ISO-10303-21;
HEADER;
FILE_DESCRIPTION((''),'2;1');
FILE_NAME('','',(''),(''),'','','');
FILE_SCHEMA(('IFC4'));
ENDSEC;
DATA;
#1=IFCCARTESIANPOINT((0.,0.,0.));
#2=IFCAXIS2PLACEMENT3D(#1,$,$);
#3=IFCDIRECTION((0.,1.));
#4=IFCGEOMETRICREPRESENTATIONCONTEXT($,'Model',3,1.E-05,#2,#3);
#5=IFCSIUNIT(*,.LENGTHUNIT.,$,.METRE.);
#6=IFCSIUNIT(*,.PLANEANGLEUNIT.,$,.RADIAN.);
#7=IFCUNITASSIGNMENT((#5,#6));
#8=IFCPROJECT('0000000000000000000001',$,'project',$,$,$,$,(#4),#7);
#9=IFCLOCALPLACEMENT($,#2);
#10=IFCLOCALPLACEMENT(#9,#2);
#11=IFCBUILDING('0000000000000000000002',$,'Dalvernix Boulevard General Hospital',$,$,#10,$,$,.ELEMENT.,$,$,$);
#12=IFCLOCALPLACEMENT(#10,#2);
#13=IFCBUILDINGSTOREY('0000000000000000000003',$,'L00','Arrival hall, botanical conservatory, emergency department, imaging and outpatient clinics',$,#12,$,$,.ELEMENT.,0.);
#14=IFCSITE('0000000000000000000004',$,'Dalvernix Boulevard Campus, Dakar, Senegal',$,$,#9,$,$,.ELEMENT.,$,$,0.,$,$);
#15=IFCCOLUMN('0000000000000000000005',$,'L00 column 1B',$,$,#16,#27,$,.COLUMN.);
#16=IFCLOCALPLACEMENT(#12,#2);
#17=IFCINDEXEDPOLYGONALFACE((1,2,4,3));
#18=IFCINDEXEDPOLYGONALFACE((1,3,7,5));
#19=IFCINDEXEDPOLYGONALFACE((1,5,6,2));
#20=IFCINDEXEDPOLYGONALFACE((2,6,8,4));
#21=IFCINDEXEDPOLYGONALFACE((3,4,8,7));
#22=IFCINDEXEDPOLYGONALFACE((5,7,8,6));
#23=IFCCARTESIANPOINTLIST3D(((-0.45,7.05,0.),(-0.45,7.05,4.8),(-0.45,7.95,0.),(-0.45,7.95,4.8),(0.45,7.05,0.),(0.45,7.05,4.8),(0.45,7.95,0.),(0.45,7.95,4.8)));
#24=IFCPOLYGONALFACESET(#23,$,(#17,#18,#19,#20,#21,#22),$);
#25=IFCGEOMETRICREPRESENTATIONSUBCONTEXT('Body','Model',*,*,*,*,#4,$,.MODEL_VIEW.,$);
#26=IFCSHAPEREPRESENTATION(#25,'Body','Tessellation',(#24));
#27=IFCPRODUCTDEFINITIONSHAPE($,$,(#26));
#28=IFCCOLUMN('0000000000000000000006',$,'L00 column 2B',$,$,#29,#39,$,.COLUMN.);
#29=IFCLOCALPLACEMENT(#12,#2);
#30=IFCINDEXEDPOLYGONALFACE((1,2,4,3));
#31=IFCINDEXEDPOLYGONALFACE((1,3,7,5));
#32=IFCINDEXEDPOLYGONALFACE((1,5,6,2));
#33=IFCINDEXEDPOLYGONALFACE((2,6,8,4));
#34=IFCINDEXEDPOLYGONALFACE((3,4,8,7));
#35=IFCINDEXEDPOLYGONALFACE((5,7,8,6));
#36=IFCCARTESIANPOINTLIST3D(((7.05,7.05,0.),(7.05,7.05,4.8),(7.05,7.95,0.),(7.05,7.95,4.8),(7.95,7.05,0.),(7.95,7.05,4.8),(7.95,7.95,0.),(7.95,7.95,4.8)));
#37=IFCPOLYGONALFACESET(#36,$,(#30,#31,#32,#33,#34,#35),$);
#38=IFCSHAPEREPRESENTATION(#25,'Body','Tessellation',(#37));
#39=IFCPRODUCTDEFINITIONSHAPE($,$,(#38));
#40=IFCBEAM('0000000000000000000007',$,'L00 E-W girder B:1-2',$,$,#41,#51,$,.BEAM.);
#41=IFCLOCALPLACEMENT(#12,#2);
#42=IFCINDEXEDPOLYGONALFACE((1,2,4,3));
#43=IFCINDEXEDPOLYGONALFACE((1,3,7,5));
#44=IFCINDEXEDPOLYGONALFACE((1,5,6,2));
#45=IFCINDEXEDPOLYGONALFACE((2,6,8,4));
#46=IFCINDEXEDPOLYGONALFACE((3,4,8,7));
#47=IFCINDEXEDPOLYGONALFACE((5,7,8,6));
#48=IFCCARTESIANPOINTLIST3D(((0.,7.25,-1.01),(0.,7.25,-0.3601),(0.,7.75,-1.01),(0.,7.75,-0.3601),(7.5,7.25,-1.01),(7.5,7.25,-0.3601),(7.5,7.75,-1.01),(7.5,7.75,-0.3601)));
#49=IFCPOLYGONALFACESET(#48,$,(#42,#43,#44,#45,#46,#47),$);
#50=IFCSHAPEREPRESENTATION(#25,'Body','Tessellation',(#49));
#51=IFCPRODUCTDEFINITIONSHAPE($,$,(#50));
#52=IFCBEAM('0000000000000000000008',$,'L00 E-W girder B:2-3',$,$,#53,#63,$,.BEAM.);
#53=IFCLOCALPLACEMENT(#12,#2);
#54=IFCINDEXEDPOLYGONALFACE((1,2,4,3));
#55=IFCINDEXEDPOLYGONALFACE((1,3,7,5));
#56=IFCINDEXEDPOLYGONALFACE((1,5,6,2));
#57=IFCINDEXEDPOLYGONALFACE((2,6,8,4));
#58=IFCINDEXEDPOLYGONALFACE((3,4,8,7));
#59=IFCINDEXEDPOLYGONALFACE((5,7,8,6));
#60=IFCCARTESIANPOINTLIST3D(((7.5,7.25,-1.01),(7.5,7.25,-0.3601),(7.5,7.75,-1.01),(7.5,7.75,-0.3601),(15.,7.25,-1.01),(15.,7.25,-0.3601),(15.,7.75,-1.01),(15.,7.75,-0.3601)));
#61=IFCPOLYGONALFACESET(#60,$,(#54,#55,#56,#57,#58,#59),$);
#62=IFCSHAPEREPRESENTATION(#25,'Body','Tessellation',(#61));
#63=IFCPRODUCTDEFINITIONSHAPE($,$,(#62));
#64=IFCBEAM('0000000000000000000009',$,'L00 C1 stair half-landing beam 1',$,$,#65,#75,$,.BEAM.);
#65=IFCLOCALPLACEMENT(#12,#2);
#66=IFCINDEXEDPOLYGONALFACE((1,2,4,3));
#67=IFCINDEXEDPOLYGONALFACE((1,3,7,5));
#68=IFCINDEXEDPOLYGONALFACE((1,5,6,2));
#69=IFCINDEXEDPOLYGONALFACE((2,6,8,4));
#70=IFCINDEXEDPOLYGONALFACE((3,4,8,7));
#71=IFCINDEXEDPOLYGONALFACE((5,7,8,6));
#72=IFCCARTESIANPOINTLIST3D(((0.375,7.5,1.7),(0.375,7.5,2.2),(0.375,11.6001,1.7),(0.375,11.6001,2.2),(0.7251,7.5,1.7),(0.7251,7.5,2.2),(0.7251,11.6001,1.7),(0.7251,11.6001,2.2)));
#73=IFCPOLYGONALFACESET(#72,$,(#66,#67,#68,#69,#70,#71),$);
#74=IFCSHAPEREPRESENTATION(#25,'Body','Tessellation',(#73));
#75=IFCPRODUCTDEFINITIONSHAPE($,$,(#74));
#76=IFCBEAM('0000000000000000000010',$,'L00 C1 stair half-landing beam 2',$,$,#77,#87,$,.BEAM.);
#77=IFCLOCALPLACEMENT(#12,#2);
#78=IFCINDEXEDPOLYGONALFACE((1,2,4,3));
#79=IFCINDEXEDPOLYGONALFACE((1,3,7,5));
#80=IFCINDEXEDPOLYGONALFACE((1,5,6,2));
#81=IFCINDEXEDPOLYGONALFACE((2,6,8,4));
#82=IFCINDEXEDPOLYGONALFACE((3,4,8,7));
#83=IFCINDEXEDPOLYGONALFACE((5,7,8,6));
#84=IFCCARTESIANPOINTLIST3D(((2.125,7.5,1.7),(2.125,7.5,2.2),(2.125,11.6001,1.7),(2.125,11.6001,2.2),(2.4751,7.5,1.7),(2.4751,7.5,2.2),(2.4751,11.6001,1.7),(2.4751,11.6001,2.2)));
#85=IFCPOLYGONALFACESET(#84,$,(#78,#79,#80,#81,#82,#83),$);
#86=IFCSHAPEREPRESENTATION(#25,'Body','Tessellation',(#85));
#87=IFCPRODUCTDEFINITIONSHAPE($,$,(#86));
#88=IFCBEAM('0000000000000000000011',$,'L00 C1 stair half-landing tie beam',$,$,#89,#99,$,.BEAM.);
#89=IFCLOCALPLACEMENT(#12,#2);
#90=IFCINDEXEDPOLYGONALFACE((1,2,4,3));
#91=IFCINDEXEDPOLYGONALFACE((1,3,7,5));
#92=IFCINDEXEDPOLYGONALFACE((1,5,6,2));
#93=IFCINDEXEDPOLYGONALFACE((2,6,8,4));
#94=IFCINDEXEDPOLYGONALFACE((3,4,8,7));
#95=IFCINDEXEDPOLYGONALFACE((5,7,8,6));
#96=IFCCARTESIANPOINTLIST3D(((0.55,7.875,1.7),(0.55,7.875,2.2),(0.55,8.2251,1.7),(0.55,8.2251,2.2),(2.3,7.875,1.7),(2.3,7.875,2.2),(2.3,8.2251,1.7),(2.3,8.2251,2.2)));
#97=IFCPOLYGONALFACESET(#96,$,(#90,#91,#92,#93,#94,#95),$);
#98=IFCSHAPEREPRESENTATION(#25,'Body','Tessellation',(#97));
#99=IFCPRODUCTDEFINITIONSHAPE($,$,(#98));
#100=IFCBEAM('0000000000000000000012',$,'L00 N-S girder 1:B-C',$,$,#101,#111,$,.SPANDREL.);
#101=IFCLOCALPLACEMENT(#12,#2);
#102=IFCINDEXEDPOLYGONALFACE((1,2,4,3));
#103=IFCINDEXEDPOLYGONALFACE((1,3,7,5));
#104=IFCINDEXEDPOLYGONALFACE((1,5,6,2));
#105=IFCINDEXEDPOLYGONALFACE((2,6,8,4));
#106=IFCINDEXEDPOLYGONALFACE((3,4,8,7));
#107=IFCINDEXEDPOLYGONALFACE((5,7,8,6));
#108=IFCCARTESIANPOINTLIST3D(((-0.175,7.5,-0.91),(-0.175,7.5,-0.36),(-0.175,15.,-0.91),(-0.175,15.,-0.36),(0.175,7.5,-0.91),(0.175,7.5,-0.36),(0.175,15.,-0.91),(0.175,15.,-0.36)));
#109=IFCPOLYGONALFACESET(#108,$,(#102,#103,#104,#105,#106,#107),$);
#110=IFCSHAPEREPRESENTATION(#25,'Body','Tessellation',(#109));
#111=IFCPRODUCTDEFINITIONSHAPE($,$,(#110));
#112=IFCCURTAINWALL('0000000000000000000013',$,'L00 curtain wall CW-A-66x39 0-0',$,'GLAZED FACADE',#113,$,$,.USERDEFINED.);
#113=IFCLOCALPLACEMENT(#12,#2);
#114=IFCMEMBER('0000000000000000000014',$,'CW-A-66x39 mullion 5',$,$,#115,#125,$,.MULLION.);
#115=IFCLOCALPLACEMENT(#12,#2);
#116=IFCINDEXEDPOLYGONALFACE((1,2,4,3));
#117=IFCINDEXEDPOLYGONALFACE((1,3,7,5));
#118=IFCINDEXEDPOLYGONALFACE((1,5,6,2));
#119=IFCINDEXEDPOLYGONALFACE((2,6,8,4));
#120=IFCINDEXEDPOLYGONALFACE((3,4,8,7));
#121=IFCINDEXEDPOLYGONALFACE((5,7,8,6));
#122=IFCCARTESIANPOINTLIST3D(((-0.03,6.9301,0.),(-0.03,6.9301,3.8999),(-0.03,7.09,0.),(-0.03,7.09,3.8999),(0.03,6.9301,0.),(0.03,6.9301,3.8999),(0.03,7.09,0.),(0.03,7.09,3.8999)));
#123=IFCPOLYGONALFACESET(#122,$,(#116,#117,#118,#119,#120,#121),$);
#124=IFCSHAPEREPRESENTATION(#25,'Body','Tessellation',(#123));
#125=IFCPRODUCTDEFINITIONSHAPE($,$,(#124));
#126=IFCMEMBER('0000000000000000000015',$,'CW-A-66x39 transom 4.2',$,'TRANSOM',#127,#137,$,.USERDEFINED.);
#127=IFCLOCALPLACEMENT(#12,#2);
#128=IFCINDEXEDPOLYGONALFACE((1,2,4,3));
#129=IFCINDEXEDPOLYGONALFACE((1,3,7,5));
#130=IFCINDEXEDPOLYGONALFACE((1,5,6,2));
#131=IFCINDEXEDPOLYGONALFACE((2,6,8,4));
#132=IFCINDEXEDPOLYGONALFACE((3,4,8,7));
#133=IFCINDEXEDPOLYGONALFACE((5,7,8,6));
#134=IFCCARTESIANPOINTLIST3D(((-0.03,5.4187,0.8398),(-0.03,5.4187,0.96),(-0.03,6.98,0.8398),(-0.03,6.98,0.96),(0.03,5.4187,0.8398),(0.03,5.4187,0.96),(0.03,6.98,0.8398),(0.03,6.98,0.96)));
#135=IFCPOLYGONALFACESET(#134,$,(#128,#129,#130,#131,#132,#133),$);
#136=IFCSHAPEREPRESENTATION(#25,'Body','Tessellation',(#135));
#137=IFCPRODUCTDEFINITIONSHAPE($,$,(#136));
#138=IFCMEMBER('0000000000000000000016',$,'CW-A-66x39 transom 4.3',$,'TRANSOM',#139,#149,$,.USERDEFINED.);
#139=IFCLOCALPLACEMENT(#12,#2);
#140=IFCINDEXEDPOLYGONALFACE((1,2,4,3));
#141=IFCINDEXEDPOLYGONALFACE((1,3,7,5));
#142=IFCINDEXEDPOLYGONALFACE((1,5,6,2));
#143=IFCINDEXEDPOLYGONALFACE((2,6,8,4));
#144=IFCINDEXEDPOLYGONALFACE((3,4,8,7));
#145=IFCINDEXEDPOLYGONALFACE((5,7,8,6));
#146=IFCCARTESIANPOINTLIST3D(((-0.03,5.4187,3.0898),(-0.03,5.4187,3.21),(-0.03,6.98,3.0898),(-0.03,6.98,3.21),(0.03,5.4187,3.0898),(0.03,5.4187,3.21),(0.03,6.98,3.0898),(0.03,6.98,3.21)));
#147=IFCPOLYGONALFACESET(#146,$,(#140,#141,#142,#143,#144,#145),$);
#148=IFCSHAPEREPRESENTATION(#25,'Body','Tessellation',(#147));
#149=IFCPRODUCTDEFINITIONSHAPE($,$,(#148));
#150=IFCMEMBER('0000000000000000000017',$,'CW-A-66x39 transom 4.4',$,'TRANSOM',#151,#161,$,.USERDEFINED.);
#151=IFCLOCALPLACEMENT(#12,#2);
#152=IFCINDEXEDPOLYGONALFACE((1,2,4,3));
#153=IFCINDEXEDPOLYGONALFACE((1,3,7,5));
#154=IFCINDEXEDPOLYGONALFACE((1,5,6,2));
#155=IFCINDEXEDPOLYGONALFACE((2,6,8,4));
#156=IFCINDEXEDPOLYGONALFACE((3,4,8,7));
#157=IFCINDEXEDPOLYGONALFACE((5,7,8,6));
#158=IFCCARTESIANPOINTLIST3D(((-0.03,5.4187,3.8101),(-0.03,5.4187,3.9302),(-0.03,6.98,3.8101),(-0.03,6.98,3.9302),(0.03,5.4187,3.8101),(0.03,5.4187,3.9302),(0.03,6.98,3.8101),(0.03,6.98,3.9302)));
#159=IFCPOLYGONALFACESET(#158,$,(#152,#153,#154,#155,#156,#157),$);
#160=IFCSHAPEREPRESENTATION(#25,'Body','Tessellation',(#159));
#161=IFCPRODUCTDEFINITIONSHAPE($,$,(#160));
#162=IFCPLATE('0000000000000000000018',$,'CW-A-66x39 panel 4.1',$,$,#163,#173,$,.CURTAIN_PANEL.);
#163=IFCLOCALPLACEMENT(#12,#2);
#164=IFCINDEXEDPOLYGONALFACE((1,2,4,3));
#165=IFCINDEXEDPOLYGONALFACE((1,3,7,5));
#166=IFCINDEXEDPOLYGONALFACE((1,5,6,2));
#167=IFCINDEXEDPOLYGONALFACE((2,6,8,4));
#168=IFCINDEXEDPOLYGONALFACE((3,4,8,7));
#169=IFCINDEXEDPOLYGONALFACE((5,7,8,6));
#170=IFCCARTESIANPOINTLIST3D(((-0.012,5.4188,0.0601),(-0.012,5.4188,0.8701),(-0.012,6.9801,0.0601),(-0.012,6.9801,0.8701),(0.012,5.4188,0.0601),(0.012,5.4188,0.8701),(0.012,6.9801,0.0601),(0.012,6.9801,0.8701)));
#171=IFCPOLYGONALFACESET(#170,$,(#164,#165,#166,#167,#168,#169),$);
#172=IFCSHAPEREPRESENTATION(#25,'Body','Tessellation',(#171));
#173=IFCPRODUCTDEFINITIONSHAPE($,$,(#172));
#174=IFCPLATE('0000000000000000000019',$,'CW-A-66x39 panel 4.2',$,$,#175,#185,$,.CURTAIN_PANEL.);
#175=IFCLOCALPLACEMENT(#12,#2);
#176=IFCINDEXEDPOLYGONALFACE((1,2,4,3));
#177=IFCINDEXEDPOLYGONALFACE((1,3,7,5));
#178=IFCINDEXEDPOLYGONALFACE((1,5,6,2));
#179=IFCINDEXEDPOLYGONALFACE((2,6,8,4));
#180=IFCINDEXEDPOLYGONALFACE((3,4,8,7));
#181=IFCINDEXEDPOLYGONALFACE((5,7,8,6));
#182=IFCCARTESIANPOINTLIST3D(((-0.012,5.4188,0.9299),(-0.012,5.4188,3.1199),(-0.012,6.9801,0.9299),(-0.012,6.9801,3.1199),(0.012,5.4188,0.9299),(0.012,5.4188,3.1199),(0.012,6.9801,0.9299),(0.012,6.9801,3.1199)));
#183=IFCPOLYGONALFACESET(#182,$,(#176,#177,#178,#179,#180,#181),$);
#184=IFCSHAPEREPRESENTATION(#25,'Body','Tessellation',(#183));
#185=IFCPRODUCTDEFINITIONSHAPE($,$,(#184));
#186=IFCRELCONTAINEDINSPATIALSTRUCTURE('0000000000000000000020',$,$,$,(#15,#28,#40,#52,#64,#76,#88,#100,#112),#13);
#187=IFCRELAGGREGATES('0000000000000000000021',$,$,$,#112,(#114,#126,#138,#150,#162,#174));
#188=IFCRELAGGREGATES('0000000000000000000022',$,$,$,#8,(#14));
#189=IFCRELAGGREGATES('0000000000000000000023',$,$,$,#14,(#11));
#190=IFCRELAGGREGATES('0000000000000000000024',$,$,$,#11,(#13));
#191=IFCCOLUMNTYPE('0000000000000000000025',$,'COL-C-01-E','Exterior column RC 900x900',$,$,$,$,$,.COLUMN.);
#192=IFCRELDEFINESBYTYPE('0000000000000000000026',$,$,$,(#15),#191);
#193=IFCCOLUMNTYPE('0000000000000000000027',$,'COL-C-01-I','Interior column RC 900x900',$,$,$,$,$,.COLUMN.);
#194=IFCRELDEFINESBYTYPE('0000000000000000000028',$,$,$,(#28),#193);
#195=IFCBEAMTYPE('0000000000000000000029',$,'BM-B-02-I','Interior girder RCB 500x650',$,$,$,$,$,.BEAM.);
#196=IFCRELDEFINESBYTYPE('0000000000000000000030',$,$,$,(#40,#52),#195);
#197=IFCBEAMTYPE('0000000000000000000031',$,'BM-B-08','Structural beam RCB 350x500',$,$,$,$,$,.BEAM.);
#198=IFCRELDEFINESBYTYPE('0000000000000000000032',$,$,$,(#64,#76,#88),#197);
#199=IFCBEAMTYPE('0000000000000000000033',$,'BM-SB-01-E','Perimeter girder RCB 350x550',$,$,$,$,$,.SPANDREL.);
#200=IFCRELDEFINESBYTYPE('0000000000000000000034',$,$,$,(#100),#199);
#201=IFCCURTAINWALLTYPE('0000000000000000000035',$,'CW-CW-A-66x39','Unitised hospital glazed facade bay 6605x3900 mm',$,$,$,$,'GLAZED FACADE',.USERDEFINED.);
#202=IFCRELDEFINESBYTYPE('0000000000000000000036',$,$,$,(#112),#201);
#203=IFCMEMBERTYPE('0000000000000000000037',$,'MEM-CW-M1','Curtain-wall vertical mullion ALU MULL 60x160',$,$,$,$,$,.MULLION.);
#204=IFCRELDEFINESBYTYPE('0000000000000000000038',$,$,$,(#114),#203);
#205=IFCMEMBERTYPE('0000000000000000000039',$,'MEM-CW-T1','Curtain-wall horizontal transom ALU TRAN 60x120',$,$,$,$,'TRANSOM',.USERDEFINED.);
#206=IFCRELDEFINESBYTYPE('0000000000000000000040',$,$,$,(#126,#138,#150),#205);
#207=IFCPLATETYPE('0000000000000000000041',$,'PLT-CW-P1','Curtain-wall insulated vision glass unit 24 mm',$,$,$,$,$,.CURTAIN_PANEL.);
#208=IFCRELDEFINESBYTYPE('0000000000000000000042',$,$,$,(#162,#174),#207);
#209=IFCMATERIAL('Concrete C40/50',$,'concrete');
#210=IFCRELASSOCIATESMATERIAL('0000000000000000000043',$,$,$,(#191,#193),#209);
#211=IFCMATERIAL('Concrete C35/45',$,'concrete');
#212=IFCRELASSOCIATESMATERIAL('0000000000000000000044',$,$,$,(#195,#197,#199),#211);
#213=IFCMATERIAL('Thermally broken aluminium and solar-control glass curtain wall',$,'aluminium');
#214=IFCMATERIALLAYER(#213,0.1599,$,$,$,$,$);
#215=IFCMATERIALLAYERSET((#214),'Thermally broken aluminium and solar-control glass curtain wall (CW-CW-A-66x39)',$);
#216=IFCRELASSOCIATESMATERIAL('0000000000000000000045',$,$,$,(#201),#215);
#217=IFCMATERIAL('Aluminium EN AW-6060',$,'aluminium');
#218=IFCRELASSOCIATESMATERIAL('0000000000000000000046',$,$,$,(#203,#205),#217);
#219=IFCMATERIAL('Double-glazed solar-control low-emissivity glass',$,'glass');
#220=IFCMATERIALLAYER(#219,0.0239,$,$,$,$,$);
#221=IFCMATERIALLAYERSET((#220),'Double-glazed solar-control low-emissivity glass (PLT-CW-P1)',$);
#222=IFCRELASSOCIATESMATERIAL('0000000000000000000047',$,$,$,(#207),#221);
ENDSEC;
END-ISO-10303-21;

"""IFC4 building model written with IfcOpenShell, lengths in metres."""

from ifc_helpers import new_model, si_unit, direction, frame, origin, origin_2d, place, context, subcontext, project, spatial, rectangle, extrude, material, layer, layer_set, material_profile, profile_set, type_object, element, aggregate, save


model = new_model("IFC4")

# Units and contexts
model_context = context("Model", 3, precision=1e-05, world=origin(), true_north=direction((0.0, 1.0)))
body_context = subcontext(model_context, "Body", "Model", "MODEL_VIEW")
ifc_project = project(units=[si_unit("LENGTHUNIT", "METRE"), si_unit("PLANEANGLEUNIT", "RADIAN")], contexts=[model_context])

# Site, building, storey
site_placement = place(None, origin())
site = spatial("IfcSite", under=ifc_project, at=site_placement, Name="Dalvernix Boulevard Campus, Dakar, Senegal", CompositionType="ELEMENT", RefElevation=0.0)
building_placement = place(site_placement, origin())
building = spatial("IfcBuilding", under=site, at=building_placement, Name="Dalvernix Boulevard General Hospital", CompositionType="ELEMENT")
storey_placement = place(building_placement, origin())
storey = spatial("IfcBuildingStorey", under=building, at=storey_placement, Name="L00", Description="Arrival hall, botanical conservatory, emergency department, imaging and outpatient clinics", CompositionType="ELEMENT", Elevation=0.0)

# Columns
ifc_material_1 = material(Name="Concrete C40/50", Category="concrete")
ifc_material_profile_1 = material_profile(ifc_material_1, rectangle(XDim=0.8999, YDim=0.8999, at=origin_2d()), Name="RC 900x900")
ifc_profile_set_1 = profile_set([ifc_material_profile_1], Name="Concrete C40/50")
column_type_1 = type_object("IfcColumnType", Name="COL-C-01-E", Description="Exterior column RC 900x900", PredefinedType="COLUMN", material=ifc_profile_set_1)
column_1_placement = place(storey_placement, frame((0.0, 7.5, 0.0), z_axis=(0.0, 0.0, 1.0), x_axis=(1.0, 0.0, 0.0)))
element("IfcColumn", 1, at=column_1_placement, inside=storey, type_object=column_type_1, Name="L00 column 1B", PredefinedType="COLUMN", context=body_context, shape_type="SweptSolid", body=[
    extrude(rectangle(XDim=0.8999, YDim=0.8999, at=origin_2d()), origin(), (0.0, 0.0, 1.0), 4.8),
])
ifc_material_profile_2 = material_profile(ifc_material_1, rectangle(XDim=0.8999, YDim=0.8999, at=origin_2d()), Name="RC 900x900")
ifc_profile_set_2 = profile_set([ifc_material_profile_2], Name="Concrete C40/50")
column_type_2 = type_object("IfcColumnType", Name="COL-C-01-I", Description="Interior column RC 900x900", PredefinedType="COLUMN", material=ifc_profile_set_2)
column_2_placement = place(storey_placement, frame((7.5, 7.5, 0.0), z_axis=(0.0, 0.0, 1.0), x_axis=(1.0, 0.0, 0.0)))
element("IfcColumn", 2, at=column_2_placement, inside=storey, type_object=column_type_2, Name="L00 column 2B", PredefinedType="COLUMN", context=body_context, shape_type="SweptSolid", body=[
    extrude(rectangle(XDim=0.8999, YDim=0.8999, at=origin_2d()), origin(), (0.0, 0.0, 1.0), 4.8),
])

# Beams
ifc_material_2 = material(Name="Concrete C35/45", Category="concrete")
ifc_material_profile_3 = material_profile(ifc_material_2, rectangle(XDim=0.5, YDim=0.6499, at=origin_2d()), Name="RCB 500x650")
ifc_profile_set_3 = profile_set([ifc_material_profile_3], Name="Concrete C35/45")
beam_type_1 = type_object("IfcBeamType", Name="BM-B-02-I", Description="Interior girder RCB 500x650", PredefinedType="BEAM", material=ifc_profile_set_3)
for number, where, z_axis, x_axis, name in (
    (3, (0.0, 7.5, -0.6851), (1.0, 0.0, 0.0), (0.0, 1.0, 0.0), "L00 E-W girder B:1-2"),
    (4, (7.5, 7.5, -0.6851), (1.0, 0.0, 0.0), (0.0, 1.0, 0.0), "L00 E-W girder B:2-3"),
):
    element("IfcBeam", number, at=place(storey_placement, frame(where, z_axis=z_axis, x_axis=x_axis)), inside=storey, type_object=beam_type_1, Name=name, PredefinedType="BEAM", context=body_context, shape_type="SweptSolid", body=[
        extrude(rectangle(XDim=0.5, YDim=0.6499, at=origin_2d()), origin(), (0.0, 0.0, 1.0), 7.5),
    ])
ifc_material_profile_4 = material_profile(ifc_material_2, rectangle(XDim=0.3501, YDim=0.5, at=origin_2d()), Name="RCB 350x500")
ifc_profile_set_4 = profile_set([ifc_material_profile_4], Name="Concrete C35/45")
beam_type_2 = type_object("IfcBeamType", Name="BM-B-08", Description="Structural beam RCB 350x500", PredefinedType="BEAM", material=ifc_profile_set_4)
for number, where, z_axis, x_axis, name in (
    (5, (0.55, 7.5, 1.95), (0.0, 1.0, 0.0), (-1.0, 0.0, 0.0), "L00 C1 stair half-landing beam 1"),
    (6, (2.3, 7.5, 1.95), (0.0, 1.0, 0.0), (-1.0, 0.0, 0.0), "L00 C1 stair half-landing beam 2"),
):
    element("IfcBeam", number, at=place(storey_placement, frame(where, z_axis=z_axis, x_axis=x_axis)), inside=storey, type_object=beam_type_2, Name=name, PredefinedType="BEAM", context=body_context, shape_type="SweptSolid", body=[
        extrude(rectangle(XDim=0.3501, YDim=0.5, at=origin_2d()), origin(), (0.0, 0.0, 1.0), 4.1001),
    ])
beam_1_placement = place(storey_placement, frame((0.55, 8.05, 1.95), z_axis=(1.0, 0.0, 0.0), x_axis=(0.0, 1.0, 0.0)))
element("IfcBeam", 7, at=beam_1_placement, inside=storey, type_object=beam_type_2, Name="L00 C1 stair half-landing tie beam", PredefinedType="BEAM", context=body_context, shape_type="SweptSolid", body=[
    extrude(rectangle(XDim=0.3501, YDim=0.5, at=origin_2d()), origin(), (0.0, 0.0, 1.0), 1.75),
])
ifc_material_profile_5 = material_profile(ifc_material_2, rectangle(XDim=0.3501, YDim=0.55, at=origin_2d()), Name="RCB 350x550")
ifc_profile_set_5 = profile_set([ifc_material_profile_5], Name="Concrete C35/45")
beam_type_3 = type_object("IfcBeamType", Name="BM-SB-01-E", Description="Perimeter girder RCB 350x550", PredefinedType="SPANDREL", material=ifc_profile_set_5)
beam_2_placement = place(storey_placement, frame((0.0, 7.5, -0.635), z_axis=(0.0, 1.0, 0.0), x_axis=(-1.0, 0.0, 0.0)))
element("IfcBeam", 8, at=beam_2_placement, inside=storey, type_object=beam_type_3, Name="L00 N-S girder 1:B-C", PredefinedType="SPANDREL", context=body_context, shape_type="SweptSolid", body=[
    extrude(rectangle(XDim=0.3501, YDim=0.55, at=origin_2d()), origin(), (0.0, 0.0, 1.0), 7.5),
])

# Curtain wall, members, plates
ifc_material_3 = material(Name="Thermally broken aluminium and solar-control glass curtain wall", Category="aluminium")
ifc_layer_1 = layer(ifc_material_3, 0.1599)
ifc_layer_set_1 = layer_set([ifc_layer_1], Name="Thermally broken aluminium and solar-control glass curtain wall (CW-CW-A-66x39)")
curtain_wall_type = type_object("IfcCurtainWallType", Name="CW-CW-A-66x39", Description="Unitised hospital glazed facade bay 6605x3900 mm", ElementType="GLAZED FACADE", PredefinedType="USERDEFINED", material=ifc_layer_set_1)
curtain_wall_placement = place(storey_placement, origin())
curtain_wall = element("IfcCurtainWall", 9, at=curtain_wall_placement, inside=storey, type_object=curtain_wall_type, Name="L00 curtain wall CW-A-66x39 0-0", ObjectType="GLAZED FACADE", PredefinedType="USERDEFINED")
ifc_material_4 = material(Name="Aluminium EN AW-6060", Category="aluminium")
ifc_material_profile_6 = material_profile(ifc_material_4, rectangle(XDim=0.0601, YDim=0.1599, at=origin_2d()), Name="ALU MULL 60x160")
ifc_profile_set_6 = profile_set([ifc_material_profile_6], Name="Aluminium EN AW-6060")
member_type_1 = type_object("IfcMemberType", Name="MEM-CW-M1", Description="Curtain-wall vertical mullion ALU MULL 60x160", PredefinedType="MULLION", material=ifc_profile_set_6)
member_1_placement = place(storey_placement, frame((0.0, 7.01, 0.0), z_axis=(0.0, 0.0, 1.0), x_axis=(-1.0, 0.0, 0.0)))
member_1 = element("IfcMember", 10, at=member_1_placement, type_object=member_type_1, Name="CW-A-66x39 mullion 5", PredefinedType="MULLION", context=body_context, shape_type="SweptSolid", body=[
    extrude(rectangle(XDim=0.0601, YDim=0.1599, at=origin_2d()), origin(), (0.0, 0.0, 1.0), 3.8999),
])
ifc_material_profile_7 = material_profile(ifc_material_4, rectangle(XDim=0.0601, YDim=0.1201, at=origin_2d()), Name="ALU TRAN 60x120")
ifc_profile_set_7 = profile_set([ifc_material_profile_7], Name="Aluminium EN AW-6060")
member_type_2 = type_object("IfcMemberType", Name="MEM-CW-T1", Description="Curtain-wall horizontal transom ALU TRAN 60x120", ElementType="TRANSOM", PredefinedType="USERDEFINED", material=ifc_profile_set_7)
member_2_placement = place(storey_placement, frame((0.0, 5.4187, 0.8999), z_axis=(0.0, 1.0, 0.0), x_axis=(-1.0, 0.0, 0.0)))
member_2 = element("IfcMember", 11, at=member_2_placement, type_object=member_type_2, Name="CW-A-66x39 transom 4.2", ObjectType="TRANSOM", PredefinedType="USERDEFINED", context=body_context, shape_type="SweptSolid", body=[
    extrude(rectangle(XDim=0.0601, YDim=0.1201, at=origin_2d()), origin(), (0.0, 0.0, 1.0), 1.5613),
])
member_3_placement = place(storey_placement, frame((0.0, 5.4187, 3.1499), z_axis=(0.0, 1.0, 0.0), x_axis=(-1.0, 0.0, 0.0)))
member_3 = element("IfcMember", 12, at=member_3_placement, type_object=member_type_2, Name="CW-A-66x39 transom 4.3", ObjectType="TRANSOM", PredefinedType="USERDEFINED", context=body_context, shape_type="SweptSolid", body=[
    extrude(rectangle(XDim=0.0601, YDim=0.1201, at=origin_2d()), origin(), (0.0, 0.0, 1.0), 1.5613),
])
member_4_placement = place(storey_placement, frame((0.0, 5.4187, 3.8701), z_axis=(0.0, 1.0, 0.0), x_axis=(-1.0, 0.0, 0.0)))
member_4 = element("IfcMember", 13, at=member_4_placement, type_object=member_type_2, Name="CW-A-66x39 transom 4.4", ObjectType="TRANSOM", PredefinedType="USERDEFINED", context=body_context, shape_type="SweptSolid", body=[
    extrude(rectangle(XDim=0.0601, YDim=0.1201, at=origin_2d()), origin(), (0.0, 0.0, 1.0), 1.5613),
])
ifc_material_5 = material(Name="Double-glazed solar-control low-emissivity glass", Category="glass")
ifc_layer_2 = layer(ifc_material_5, 0.0239)
ifc_layer_set_2 = layer_set([ifc_layer_2], Name="Double-glazed solar-control low-emissivity glass (PLT-CW-P1)")
plate_type = type_object("IfcPlateType", Name="PLT-CW-P1", Description="Curtain-wall insulated vision glass unit 24 mm", PredefinedType="CURTAIN_PANEL", material=ifc_layer_set_2)
plate_1_placement = place(storey_placement, frame((0.0, 6.1995, 0.0601), z_axis=(0.0, 0.0, 1.0), x_axis=(0.0, 1.0, 0.0)))
plate_1 = element("IfcPlate", 14, at=plate_1_placement, type_object=plate_type, Name="CW-A-66x39 panel 4.1", PredefinedType="CURTAIN_PANEL", context=body_context, shape_type="SweptSolid", body=[
    extrude(rectangle(XDim=1.5613, YDim=0.0239, at=origin_2d()), origin(), (0.0, 0.0, 1.0), 0.8101),
])
plate_2_placement = place(storey_placement, frame((0.0, 6.1995, 0.9299), z_axis=(0.0, 0.0, 1.0), x_axis=(0.0, 1.0, 0.0)))
plate_2 = element("IfcPlate", 15, at=plate_2_placement, type_object=plate_type, Name="CW-A-66x39 panel 4.2", PredefinedType="CURTAIN_PANEL", context=body_context, shape_type="SweptSolid", body=[
    extrude(rectangle(XDim=1.5613, YDim=0.0239, at=origin_2d()), origin(), (0.0, 0.0, 1.0), 2.1899),
])
aggregate(curtain_wall, [member_1, member_2, member_3, member_4, plate_1, plate_2])

save(model, "model.ifc")
